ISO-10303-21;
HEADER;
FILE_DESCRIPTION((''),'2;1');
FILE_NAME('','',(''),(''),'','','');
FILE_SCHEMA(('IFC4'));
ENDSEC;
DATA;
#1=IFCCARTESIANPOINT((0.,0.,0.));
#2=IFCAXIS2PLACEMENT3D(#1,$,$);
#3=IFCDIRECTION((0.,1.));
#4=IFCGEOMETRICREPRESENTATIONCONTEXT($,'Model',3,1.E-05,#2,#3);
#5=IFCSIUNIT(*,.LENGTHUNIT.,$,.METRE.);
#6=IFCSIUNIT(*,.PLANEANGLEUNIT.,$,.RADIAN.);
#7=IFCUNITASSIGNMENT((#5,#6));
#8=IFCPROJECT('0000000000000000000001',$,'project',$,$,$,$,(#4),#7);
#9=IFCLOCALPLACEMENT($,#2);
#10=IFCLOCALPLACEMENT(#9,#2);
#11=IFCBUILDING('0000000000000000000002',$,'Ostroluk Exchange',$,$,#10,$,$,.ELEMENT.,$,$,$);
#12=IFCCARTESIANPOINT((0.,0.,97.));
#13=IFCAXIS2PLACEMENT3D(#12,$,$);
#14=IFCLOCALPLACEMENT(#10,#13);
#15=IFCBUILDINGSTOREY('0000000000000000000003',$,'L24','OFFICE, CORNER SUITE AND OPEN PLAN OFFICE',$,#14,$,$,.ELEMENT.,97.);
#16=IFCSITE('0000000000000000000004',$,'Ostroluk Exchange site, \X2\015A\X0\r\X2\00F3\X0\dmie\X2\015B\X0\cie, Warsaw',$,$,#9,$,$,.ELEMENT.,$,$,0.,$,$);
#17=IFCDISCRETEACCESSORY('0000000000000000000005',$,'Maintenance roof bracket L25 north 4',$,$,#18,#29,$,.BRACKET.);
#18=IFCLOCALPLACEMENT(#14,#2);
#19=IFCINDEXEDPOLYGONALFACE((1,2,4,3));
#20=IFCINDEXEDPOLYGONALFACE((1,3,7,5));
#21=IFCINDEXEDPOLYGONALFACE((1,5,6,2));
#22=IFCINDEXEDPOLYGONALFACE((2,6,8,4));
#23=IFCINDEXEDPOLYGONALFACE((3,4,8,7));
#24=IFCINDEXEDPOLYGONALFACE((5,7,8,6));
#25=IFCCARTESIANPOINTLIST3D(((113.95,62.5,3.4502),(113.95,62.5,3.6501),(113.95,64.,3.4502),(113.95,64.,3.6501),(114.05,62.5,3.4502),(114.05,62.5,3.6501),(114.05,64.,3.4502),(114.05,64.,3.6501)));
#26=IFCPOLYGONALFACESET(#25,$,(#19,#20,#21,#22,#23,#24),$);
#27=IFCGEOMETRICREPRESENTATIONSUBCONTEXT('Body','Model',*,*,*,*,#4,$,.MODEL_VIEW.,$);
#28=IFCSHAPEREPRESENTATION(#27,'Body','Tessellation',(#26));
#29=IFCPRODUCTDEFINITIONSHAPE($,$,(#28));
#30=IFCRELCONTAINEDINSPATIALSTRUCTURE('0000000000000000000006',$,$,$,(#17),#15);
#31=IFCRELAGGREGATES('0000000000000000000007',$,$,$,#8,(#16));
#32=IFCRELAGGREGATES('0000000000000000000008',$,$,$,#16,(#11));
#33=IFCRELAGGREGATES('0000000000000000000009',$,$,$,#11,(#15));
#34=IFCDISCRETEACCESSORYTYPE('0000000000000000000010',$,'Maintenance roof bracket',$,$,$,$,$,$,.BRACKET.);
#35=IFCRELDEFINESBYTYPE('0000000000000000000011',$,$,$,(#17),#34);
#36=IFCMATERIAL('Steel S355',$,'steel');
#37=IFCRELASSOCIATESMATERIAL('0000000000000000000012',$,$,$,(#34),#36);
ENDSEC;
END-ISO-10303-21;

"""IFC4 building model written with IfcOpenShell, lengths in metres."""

from ifc_helpers import new_model, si_unit, direction, frame, origin, origin_2d, place, context, subcontext, project, spatial, rectangle, extrude, material, type_object, element, save


model = new_model("IFC4")

# Units and contexts
model_context = context("Model", 3, precision=1e-05, world=origin(), true_north=direction((0.0, 1.0)))
body_context = subcontext(model_context, "Body", "Model", "MODEL_VIEW")
ifc_project = project(units=[si_unit("LENGTHUNIT", "METRE"), si_unit("PLANEANGLEUNIT", "RADIAN")], contexts=[model_context])

# Site, building, storey
site_placement = place(None, origin())
site = spatial("IfcSite", under=ifc_project, at=site_placement, Name="Ostroluk Exchange site, Śródmieście, Warsaw", CompositionType="ELEMENT", RefElevation=0.0)
building_placement = place(site_placement, origin())
building = spatial("IfcBuilding", under=site, at=building_placement, Name="Ostroluk Exchange", CompositionType="ELEMENT")
storey_placement = place(building_placement, frame((0.0, 0.0, 97.0)))
storey = spatial("IfcBuildingStorey", under=building, at=storey_placement, Name="L24", Description="OFFICE, CORNER SUITE AND OPEN PLAN OFFICE", CompositionType="ELEMENT", Elevation=97.0)

# Discrete accessory
ifc_material_1 = material(Name="Steel S355", Category="steel")
discrete_accessory_type = type_object("IfcDiscreteAccessoryType", Name="Maintenance roof bracket", PredefinedType="BRACKET", material=ifc_material_1)
for number, where, z_axis, x_axis, name in (
    (1, (114.0, 63.25, 3.4502), (0.0, 0.0, 1.0), (1.0, 0.0, 0.0), "Maintenance roof bracket L25 north 4"),
):
    element("IfcDiscreteAccessory", number, at=place(storey_placement, frame(where, z_axis=z_axis, x_axis=x_axis)), inside=storey, type_object=discrete_accessory_type, Name=name, PredefinedType="BRACKET", context=body_context, shape_type="SweptSolid", body=[
        extrude(rectangle(XDim=0.1001, YDim=1.5, at=origin_2d()), origin(), (0.0, 0.0, 1.0), 0.2),
    ])

save(model, "model.ifc")
